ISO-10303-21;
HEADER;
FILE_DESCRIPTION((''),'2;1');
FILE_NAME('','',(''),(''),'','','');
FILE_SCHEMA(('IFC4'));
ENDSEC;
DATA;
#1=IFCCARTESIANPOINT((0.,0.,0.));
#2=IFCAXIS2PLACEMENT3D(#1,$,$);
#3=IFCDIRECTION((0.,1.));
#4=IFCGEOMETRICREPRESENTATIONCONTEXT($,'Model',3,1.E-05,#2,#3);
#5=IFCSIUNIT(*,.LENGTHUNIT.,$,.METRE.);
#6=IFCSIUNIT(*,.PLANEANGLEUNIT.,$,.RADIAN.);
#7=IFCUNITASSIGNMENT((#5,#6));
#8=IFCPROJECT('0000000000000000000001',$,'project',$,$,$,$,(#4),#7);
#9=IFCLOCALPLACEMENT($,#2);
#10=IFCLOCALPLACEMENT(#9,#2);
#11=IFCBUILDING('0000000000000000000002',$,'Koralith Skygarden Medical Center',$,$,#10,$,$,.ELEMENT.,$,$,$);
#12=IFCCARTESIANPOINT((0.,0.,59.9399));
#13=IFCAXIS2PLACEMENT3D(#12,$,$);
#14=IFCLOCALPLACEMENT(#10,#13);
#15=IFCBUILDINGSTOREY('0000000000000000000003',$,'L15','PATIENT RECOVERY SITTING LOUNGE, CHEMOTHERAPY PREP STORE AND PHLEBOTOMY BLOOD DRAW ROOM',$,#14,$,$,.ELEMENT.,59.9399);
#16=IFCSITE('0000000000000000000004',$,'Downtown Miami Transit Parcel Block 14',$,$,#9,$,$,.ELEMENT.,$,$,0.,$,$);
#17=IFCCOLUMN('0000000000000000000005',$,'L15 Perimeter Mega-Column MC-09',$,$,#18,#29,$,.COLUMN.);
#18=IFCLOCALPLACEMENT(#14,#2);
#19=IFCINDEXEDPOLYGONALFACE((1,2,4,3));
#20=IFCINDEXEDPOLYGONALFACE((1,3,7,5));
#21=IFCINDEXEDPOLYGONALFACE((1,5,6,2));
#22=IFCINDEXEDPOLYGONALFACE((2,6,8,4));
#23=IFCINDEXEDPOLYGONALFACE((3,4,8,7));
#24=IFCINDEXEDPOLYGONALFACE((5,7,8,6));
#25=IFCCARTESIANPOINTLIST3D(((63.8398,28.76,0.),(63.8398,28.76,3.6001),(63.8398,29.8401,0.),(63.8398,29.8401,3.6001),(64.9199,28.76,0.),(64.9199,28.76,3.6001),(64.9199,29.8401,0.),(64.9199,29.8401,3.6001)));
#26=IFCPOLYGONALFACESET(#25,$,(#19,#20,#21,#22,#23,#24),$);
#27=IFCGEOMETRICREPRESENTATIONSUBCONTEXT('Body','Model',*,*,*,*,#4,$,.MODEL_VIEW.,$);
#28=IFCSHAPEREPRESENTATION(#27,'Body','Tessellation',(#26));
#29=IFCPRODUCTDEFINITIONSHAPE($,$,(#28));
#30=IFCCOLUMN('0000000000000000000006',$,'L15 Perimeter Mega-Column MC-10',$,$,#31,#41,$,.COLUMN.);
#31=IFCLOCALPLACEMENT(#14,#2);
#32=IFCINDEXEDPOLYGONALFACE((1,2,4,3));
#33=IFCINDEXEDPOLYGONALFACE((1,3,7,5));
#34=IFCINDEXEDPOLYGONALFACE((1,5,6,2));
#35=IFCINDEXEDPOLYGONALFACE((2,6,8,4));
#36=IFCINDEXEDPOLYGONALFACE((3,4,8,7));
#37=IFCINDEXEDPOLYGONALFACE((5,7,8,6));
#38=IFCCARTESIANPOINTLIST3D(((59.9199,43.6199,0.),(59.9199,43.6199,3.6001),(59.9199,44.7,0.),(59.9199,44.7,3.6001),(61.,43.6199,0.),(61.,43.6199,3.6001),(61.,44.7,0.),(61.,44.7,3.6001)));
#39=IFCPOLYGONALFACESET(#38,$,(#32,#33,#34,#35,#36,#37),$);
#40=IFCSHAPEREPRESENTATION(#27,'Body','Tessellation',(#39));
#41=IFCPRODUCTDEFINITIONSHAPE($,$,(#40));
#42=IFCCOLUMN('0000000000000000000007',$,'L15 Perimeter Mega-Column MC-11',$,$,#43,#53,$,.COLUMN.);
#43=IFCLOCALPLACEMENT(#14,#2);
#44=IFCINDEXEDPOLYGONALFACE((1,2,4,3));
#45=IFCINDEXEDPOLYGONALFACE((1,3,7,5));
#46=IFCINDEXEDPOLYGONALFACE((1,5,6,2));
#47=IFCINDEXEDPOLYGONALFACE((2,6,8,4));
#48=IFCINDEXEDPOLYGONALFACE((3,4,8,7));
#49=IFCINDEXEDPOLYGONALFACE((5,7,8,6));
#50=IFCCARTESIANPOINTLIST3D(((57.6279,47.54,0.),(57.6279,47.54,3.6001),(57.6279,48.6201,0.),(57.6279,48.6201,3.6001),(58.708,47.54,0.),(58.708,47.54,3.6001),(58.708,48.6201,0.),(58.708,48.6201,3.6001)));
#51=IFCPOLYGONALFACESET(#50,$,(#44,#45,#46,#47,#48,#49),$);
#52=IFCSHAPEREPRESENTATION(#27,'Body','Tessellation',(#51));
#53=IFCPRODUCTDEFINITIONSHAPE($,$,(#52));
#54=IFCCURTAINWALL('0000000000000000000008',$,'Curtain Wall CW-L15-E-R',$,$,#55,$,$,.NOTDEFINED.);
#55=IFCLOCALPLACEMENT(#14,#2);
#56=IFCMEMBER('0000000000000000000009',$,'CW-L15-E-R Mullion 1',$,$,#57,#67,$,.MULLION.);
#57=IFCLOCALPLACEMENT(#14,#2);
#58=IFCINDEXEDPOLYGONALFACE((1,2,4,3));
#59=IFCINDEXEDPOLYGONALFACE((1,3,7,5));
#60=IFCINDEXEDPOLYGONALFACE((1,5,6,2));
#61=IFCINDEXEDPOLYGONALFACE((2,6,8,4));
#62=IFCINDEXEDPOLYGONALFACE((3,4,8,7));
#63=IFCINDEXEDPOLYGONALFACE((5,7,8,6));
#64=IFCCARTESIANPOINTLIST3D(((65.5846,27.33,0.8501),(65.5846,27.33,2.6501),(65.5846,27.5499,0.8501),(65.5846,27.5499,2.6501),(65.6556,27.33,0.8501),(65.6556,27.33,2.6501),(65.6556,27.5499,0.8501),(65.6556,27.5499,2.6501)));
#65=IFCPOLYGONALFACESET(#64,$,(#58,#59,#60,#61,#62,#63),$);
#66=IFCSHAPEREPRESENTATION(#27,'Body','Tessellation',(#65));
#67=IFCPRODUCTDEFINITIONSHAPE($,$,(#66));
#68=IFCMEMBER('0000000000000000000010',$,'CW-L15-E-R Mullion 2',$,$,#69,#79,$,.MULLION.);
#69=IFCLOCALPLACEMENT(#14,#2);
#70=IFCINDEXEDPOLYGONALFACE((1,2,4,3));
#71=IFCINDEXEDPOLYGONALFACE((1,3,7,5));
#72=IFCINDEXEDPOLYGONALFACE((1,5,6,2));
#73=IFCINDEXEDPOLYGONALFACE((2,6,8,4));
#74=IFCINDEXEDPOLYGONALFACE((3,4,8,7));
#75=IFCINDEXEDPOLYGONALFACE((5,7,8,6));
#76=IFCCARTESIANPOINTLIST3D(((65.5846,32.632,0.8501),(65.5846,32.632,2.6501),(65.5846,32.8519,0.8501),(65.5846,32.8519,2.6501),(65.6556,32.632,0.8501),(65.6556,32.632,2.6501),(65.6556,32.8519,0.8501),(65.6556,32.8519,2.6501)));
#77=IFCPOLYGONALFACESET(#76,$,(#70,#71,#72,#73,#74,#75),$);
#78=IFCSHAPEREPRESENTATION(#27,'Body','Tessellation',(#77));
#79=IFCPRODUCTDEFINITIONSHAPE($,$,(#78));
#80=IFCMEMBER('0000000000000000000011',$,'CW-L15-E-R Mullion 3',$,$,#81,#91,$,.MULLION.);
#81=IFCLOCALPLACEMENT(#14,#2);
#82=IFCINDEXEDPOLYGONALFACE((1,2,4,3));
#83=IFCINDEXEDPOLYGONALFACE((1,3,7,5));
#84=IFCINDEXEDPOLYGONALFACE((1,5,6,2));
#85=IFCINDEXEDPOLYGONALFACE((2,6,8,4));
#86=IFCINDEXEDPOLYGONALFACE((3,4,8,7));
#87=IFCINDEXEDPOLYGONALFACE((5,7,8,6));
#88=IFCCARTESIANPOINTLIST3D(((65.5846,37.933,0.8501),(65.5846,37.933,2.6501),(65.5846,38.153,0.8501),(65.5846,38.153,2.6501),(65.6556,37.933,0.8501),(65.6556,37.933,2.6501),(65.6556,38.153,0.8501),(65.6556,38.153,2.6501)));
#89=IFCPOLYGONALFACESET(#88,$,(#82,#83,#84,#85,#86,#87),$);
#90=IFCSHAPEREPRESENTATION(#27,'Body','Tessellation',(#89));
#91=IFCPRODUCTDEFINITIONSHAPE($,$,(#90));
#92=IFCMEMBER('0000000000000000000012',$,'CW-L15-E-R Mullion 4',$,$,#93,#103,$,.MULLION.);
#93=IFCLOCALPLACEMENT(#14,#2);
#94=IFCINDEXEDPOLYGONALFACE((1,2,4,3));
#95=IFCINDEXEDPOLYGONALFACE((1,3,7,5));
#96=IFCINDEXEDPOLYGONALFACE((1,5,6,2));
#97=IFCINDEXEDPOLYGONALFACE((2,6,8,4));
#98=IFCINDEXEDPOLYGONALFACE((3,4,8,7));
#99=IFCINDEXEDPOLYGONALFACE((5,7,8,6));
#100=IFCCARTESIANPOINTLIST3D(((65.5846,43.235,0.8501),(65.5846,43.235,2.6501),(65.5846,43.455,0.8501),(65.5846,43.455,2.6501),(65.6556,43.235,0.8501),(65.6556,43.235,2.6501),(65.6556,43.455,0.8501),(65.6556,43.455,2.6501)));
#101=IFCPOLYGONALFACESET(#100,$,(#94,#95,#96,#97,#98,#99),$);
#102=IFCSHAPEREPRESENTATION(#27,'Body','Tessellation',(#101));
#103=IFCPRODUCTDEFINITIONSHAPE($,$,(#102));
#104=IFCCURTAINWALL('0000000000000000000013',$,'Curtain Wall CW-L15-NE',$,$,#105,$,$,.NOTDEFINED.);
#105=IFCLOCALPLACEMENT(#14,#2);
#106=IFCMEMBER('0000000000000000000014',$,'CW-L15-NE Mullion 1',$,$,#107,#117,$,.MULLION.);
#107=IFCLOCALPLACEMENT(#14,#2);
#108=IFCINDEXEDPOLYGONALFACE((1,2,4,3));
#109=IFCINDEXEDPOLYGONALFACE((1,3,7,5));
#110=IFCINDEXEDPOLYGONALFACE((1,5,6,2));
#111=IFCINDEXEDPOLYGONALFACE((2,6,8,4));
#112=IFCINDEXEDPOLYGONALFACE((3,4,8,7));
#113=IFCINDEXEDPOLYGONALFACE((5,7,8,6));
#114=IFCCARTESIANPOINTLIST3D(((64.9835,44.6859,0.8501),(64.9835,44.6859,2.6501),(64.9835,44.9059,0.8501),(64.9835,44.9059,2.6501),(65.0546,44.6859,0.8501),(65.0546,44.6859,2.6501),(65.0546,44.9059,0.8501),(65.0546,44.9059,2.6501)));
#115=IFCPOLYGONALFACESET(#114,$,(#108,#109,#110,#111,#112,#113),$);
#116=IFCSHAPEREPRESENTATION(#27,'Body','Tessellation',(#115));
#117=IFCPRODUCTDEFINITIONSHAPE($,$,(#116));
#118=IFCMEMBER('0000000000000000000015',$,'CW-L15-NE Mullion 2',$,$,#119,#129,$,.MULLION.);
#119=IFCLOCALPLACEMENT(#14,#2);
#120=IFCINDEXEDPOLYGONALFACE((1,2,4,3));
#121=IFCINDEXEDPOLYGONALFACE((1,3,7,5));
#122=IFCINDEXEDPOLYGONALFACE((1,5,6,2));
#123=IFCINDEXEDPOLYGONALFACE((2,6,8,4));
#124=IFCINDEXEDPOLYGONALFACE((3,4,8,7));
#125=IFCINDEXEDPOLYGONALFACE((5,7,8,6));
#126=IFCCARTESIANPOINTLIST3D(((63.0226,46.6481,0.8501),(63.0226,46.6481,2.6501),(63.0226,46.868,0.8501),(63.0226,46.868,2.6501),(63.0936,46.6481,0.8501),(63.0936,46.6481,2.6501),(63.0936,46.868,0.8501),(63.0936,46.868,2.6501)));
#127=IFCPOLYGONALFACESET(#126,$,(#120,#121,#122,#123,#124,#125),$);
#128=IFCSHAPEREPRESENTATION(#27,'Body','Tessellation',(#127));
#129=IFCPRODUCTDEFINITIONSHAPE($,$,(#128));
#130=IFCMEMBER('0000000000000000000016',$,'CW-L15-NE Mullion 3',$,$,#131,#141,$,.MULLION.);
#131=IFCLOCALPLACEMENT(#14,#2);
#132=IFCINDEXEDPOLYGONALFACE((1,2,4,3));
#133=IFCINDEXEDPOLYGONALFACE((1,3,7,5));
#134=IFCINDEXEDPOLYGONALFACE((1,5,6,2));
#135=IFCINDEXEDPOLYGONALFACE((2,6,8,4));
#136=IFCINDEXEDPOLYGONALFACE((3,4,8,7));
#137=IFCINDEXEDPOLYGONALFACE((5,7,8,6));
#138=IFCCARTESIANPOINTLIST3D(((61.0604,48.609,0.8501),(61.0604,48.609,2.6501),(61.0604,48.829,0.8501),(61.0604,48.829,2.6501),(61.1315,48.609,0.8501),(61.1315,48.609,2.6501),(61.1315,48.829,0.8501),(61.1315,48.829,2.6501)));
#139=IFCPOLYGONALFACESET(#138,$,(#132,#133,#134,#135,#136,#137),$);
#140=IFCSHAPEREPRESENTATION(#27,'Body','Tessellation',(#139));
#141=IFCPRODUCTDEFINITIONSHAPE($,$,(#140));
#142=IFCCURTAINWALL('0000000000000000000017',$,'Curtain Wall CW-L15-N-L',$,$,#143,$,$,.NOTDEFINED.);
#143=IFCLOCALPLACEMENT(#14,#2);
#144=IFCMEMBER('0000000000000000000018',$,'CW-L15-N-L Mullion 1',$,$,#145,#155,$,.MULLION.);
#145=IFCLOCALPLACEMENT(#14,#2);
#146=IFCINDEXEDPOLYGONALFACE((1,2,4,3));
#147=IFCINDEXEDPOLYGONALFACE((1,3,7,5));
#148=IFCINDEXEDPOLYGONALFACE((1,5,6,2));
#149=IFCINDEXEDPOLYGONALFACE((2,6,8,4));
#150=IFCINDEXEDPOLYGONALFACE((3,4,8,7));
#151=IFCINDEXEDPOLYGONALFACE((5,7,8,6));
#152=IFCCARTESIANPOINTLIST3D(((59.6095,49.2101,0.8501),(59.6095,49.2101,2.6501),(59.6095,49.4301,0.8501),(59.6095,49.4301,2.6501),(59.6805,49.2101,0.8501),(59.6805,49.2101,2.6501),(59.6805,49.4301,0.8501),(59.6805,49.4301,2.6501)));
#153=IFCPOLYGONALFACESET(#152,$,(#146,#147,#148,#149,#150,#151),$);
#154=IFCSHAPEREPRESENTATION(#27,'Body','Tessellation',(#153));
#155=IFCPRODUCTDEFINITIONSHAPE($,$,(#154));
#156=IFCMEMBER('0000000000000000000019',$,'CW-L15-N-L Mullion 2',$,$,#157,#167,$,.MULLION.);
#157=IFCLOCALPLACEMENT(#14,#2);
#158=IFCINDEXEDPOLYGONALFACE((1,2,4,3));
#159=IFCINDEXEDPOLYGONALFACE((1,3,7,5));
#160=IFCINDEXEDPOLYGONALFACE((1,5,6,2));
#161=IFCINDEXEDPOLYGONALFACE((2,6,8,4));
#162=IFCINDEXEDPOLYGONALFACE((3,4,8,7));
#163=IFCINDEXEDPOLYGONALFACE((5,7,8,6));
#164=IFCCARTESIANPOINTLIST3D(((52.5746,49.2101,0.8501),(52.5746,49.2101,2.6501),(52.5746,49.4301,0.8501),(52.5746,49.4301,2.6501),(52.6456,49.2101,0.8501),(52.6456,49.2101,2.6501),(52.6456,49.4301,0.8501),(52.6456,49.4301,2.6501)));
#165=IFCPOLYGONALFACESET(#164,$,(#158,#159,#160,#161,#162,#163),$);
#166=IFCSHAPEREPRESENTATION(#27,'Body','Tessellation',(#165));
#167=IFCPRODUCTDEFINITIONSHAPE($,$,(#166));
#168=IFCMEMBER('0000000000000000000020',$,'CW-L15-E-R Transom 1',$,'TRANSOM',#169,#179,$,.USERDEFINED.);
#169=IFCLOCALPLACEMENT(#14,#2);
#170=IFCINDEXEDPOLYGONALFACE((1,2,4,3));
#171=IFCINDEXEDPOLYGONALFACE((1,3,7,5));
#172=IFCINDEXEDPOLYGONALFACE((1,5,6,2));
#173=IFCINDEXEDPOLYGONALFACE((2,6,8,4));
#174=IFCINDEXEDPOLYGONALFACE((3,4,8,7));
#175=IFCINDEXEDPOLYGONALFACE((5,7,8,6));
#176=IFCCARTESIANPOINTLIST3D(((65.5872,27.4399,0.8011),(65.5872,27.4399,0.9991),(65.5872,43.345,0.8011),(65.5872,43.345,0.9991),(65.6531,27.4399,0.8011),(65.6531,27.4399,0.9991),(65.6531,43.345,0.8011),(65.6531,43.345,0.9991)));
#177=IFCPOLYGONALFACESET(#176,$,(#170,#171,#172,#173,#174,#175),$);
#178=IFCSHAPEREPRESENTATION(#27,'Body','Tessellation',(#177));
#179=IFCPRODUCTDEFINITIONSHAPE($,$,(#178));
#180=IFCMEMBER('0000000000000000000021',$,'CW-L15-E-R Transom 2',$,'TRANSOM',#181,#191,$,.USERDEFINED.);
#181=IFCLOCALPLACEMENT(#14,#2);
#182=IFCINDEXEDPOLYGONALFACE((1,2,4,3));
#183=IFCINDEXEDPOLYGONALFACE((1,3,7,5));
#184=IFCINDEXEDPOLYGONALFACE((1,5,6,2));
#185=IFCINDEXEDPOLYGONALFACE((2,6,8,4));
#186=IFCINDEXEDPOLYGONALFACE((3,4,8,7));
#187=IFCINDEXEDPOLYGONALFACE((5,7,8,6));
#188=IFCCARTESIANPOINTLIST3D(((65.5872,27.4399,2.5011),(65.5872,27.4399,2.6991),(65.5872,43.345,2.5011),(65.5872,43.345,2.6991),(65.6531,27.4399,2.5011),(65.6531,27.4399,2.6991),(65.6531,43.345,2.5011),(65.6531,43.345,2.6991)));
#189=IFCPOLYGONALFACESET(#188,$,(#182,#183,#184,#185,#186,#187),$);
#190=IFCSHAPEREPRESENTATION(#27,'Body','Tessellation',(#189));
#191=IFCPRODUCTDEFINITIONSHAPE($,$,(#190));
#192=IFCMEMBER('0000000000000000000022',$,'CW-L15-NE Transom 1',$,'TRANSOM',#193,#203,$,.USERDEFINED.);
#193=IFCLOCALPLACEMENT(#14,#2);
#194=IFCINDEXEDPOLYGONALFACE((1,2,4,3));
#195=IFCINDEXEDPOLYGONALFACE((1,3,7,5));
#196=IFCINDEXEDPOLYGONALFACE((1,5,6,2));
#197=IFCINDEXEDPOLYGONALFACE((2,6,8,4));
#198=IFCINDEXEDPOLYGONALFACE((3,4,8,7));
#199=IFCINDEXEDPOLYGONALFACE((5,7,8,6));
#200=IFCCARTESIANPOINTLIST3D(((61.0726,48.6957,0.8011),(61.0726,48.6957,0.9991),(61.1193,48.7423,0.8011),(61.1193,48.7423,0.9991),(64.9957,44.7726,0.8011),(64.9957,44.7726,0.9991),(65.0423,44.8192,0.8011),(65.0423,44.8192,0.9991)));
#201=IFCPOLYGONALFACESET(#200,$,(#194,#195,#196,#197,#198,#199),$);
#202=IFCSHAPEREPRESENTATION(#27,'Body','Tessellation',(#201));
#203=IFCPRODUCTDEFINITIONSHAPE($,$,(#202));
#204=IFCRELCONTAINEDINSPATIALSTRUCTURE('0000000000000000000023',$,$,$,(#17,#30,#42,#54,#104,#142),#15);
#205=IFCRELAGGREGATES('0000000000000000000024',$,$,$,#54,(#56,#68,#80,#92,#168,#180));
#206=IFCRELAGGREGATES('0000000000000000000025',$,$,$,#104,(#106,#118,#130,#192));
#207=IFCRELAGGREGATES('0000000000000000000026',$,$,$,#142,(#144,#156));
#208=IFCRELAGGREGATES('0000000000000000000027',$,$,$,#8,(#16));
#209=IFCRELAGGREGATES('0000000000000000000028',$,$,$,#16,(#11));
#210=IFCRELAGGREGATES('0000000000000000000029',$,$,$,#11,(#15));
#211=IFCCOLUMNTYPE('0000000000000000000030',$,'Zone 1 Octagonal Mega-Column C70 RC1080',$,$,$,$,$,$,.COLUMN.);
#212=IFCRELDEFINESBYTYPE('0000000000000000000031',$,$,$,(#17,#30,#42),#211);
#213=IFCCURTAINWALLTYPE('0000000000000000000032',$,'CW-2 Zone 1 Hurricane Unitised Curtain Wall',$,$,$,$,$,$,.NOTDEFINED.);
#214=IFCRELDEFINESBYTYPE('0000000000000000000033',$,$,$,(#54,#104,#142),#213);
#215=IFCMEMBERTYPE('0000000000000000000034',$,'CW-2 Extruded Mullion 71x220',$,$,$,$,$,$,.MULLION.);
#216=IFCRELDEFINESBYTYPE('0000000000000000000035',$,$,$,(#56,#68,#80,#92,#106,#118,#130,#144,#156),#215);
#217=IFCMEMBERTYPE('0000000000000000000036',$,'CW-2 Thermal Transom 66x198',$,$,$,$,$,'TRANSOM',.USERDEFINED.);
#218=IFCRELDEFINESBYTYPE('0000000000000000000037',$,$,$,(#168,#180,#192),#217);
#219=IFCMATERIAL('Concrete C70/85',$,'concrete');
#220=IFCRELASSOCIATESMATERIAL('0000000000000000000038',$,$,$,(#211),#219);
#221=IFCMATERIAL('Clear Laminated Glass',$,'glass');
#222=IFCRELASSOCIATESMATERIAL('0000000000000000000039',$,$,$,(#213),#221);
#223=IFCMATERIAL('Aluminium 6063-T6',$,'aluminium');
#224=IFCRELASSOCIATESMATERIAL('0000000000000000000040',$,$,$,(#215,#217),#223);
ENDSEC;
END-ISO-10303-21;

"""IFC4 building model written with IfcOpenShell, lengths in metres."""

from ifc_helpers import new_model, si_unit, direction, frame, origin, origin_2d, place, context, subcontext, project, spatial, rectangle, extrude, material, material_profile, profile_set, type_object, element, aggregate, save


model = new_model("IFC4")

# Units and contexts
model_context = context("Model", 3, precision=1e-05, world=origin(), true_north=direction((0.0, 1.0)))
body_context = subcontext(model_context, "Body", "Model", "MODEL_VIEW")
ifc_project = project(units=[si_unit("LENGTHUNIT", "METRE"), si_unit("PLANEANGLEUNIT", "RADIAN")], contexts=[model_context])

# Site, building, storey
site_placement = place(None, origin())
site = spatial("IfcSite", under=ifc_project, at=site_placement, Name="Downtown Miami Transit Parcel Block 14", CompositionType="ELEMENT", RefElevation=0.0)
building_placement = place(site_placement, origin())
building = spatial("IfcBuilding", under=site, at=building_placement, Name="Koralith Skygarden Medical Center", CompositionType="ELEMENT")
storey_placement = place(building_placement, frame((0.0, 0.0, 59.9399)))
storey = spatial("IfcBuildingStorey", under=building, at=storey_placement, Name="L15", Description="PATIENT RECOVERY SITTING LOUNGE, CHEMOTHERAPY PREP STORE AND PHLEBOTOMY BLOOD DRAW ROOM", CompositionType="ELEMENT", Elevation=59.9399)

# Columns
ifc_material_1 = material(Name="Concrete C70/85", Category="concrete")
ifc_material_profile_1 = material_profile(ifc_material_1, rectangle(XDim=1.0801, YDim=1.0801, at=origin_2d()), Name="RC1080X1080")
ifc_profile_set_1 = profile_set([ifc_material_profile_1], Name="Concrete C70/85")
column_type = type_object("IfcColumnType", Name="Zone 1 Octagonal Mega-Column C70 RC1080", PredefinedType="COLUMN", material=ifc_profile_set_1)
for number, where, z_axis, x_axis, name in (
    (1, (64.3799, 29.3, 0.0), (0.0, 0.0, 1.0), (1.0, 0.0, 0.0), "L15 Perimeter Mega-Column MC-09"),
    (2, (60.46, 44.1599, 0.0), (0.0, 0.0, 1.0), (1.0, 0.0, 0.0), "L15 Perimeter Mega-Column MC-10"),
    (3, (58.168, 48.0801, 0.0), (0.0, 0.0, 1.0), (1.0, 0.0, 0.0), "L15 Perimeter Mega-Column MC-11"),
):
    element("IfcColumn", number, at=place(storey_placement, frame(where, z_axis=z_axis, x_axis=x_axis)), inside=storey, type_object=column_type, Name=name, PredefinedType="COLUMN", context=body_context, shape_type="SweptSolid", body=[
        extrude(rectangle(XDim=1.0801, YDim=1.0801, at=origin_2d()), origin(), (0.0, 0.0, 1.0), 3.6001),
    ])

# Curtain walls, members
ifc_material_2 = material(Name="Clear Laminated Glass", Category="glass")
curtain_wall_type = type_object("IfcCurtainWallType", Name="CW-2 Zone 1 Hurricane Unitised Curtain Wall", PredefinedType="NOTDEFINED", material=ifc_material_2)
curtain_wall_1_placement = place(storey_placement, origin())
curtain_wall_1 = element("IfcCurtainWall", 4, at=curtain_wall_1_placement, inside=storey, type_object=curtain_wall_type, Name="Curtain Wall CW-L15-E-R", PredefinedType="NOTDEFINED")
ifc_material_3 = material(Name="Aluminium 6063-T6", Category="aluminium")
ifc_material_profile_2 = material_profile(ifc_material_3, rectangle(XDim=0.071, YDim=0.22, at=origin_2d()), Name="MUL71X220")
ifc_profile_set_2 = profile_set([ifc_material_profile_2], Name="Aluminium 6063-T6")
member_type_1 = type_object("IfcMemberType", Name="CW-2 Extruded Mullion 71x220", PredefinedType="MULLION", material=ifc_profile_set_2)
member_1_placement = place(storey_placement, frame((65.6201, 27.4399, 0.8501), z_axis=(0.0, 0.0, 1.0), x_axis=(1.0, 0.0, 0.0)))
member_1 = element("IfcMember", 5, at=member_1_placement, type_object=member_type_1, Name="CW-L15-E-R Mullion 1", PredefinedType="MULLION", context=body_context, shape_type="SweptSolid", body=[
    extrude(rectangle(XDim=0.071, YDim=0.22, at=origin_2d()), origin(), (0.0, 0.0, 1.0), 1.8),
])
member_2_placement = place(storey_placement, frame((65.6201, 32.7419, 0.8501), z_axis=(0.0, 0.0, 1.0), x_axis=(1.0, 0.0, 0.0)))
member_2 = element("IfcMember", 6, at=member_2_placement, type_object=member_type_1, Name="CW-L15-E-R Mullion 2", PredefinedType="MULLION", context=body_context, shape_type="SweptSolid", body=[
    extrude(rectangle(XDim=0.071, YDim=0.22, at=origin_2d()), origin(), (0.0, 0.0, 1.0), 1.8),
])
member_3_placement = place(storey_placement, frame((65.6201, 38.043, 0.8501), z_axis=(0.0, 0.0, 1.0), x_axis=(1.0, 0.0, 0.0)))
member_3 = element("IfcMember", 7, at=member_3_placement, type_object=member_type_1, Name="CW-L15-E-R Mullion 3", PredefinedType="MULLION", context=body_context, shape_type="SweptSolid", body=[
    extrude(rectangle(XDim=0.071, YDim=0.22, at=origin_2d()), origin(), (0.0, 0.0, 1.0), 1.8),
])
member_4_placement = place(storey_placement, frame((65.6201, 43.345, 0.8501), z_axis=(0.0, 0.0, 1.0), x_axis=(1.0, 0.0, 0.0)))
member_4 = element("IfcMember", 8, at=member_4_placement, type_object=member_type_1, Name="CW-L15-E-R Mullion 4", PredefinedType="MULLION", context=body_context, shape_type="SweptSolid", body=[
    extrude(rectangle(XDim=0.071, YDim=0.22, at=origin_2d()), origin(), (0.0, 0.0, 1.0), 1.8),
])
curtain_wall_2_placement = place(storey_placement, origin())
curtain_wall_2 = element("IfcCurtainWall", 9, at=curtain_wall_2_placement, inside=storey, type_object=curtain_wall_type, Name="Curtain Wall CW-L15-NE", PredefinedType="NOTDEFINED")
member_5_placement = place(storey_placement, frame((65.019, 44.7959, 0.8501), z_axis=(0.0, 0.0, 1.0), x_axis=(1.0, 0.0, 0.0)))
member_5 = element("IfcMember", 10, at=member_5_placement, type_object=member_type_1, Name="CW-L15-NE Mullion 1", PredefinedType="MULLION", context=body_context, shape_type="SweptSolid", body=[
    extrude(rectangle(XDim=0.071, YDim=0.22, at=origin_2d()), origin(), (0.0, 0.0, 1.0), 1.8),
])
member_6_placement = place(storey_placement, frame((63.0581, 46.7581, 0.8501), z_axis=(0.0, 0.0, 1.0), x_axis=(1.0, 0.0, 0.0)))
member_6 = element("IfcMember", 11, at=member_6_placement, type_object=member_type_1, Name="CW-L15-NE Mullion 2", PredefinedType="MULLION", context=body_context, shape_type="SweptSolid", body=[
    extrude(rectangle(XDim=0.071, YDim=0.22, at=origin_2d()), origin(), (0.0, 0.0, 1.0), 1.8),
])
member_7_placement = place(storey_placement, frame((61.0959, 48.719, 0.8501), z_axis=(0.0, 0.0, 1.0), x_axis=(1.0, 0.0, 0.0)))
member_7 = element("IfcMember", 12, at=member_7_placement, type_object=member_type_1, Name="CW-L15-NE Mullion 3", PredefinedType="MULLION", context=body_context, shape_type="SweptSolid", body=[
    extrude(rectangle(XDim=0.071, YDim=0.22, at=origin_2d()), origin(), (0.0, 0.0, 1.0), 1.8),
])
curtain_wall_3_placement = place(storey_placement, origin())
curtain_wall_3 = element("IfcCurtainWall", 13, at=curtain_wall_3_placement, inside=storey, type_object=curtain_wall_type, Name="Curtain Wall CW-L15-N-L", PredefinedType="NOTDEFINED")
member_8_placement = place(storey_placement, frame((59.645, 49.3201, 0.8501), z_axis=(0.0, 0.0, 1.0), x_axis=(1.0, 0.0, 0.0)))
member_8 = element("IfcMember", 14, at=member_8_placement, type_object=member_type_1, Name="CW-L15-N-L Mullion 1", PredefinedType="MULLION", context=body_context, shape_type="SweptSolid", body=[
    extrude(rectangle(XDim=0.071, YDim=0.22, at=origin_2d()), origin(), (0.0, 0.0, 1.0), 1.8),
])
member_9_placement = place(storey_placement, frame((52.6101, 49.3201, 0.8501), z_axis=(0.0, 0.0, 1.0), x_axis=(1.0, 0.0, 0.0)))
member_9 = element("IfcMember", 15, at=member_9_placement, type_object=member_type_1, Name="CW-L15-N-L Mullion 2", PredefinedType="MULLION", context=body_context, shape_type="SweptSolid", body=[
    extrude(rectangle(XDim=0.071, YDim=0.22, at=origin_2d()), origin(), (0.0, 0.0, 1.0), 1.8),
])

# Members
ifc_material_profile_3 = material_profile(ifc_material_3, rectangle(XDim=0.0659, YDim=0.198, at=origin_2d()), Name="TRN66X198")
ifc_profile_set_3 = profile_set([ifc_material_profile_3], Name="Aluminium 6063-T6")
member_type_2 = type_object("IfcMemberType", Name="CW-2 Thermal Transom 66x198", ElementType="TRANSOM", PredefinedType="USERDEFINED", material=ifc_profile_set_3)
member_10_placement = place(storey_placement, frame((65.6201, 27.4399, 0.9001), z_axis=(0.0, 1.0, 0.0), x_axis=(-1.0, 0.0, 0.0)))
member_10 = element("IfcMember", 16, at=member_10_placement, type_object=member_type_2, Name="CW-L15-E-R Transom 1", ObjectType="TRANSOM", PredefinedType="USERDEFINED", context=body_context, shape_type="SweptSolid", body=[
    extrude(rectangle(XDim=0.0659, YDim=0.198, at=origin_2d()), origin(), (0.0, 0.0, 1.0), 15.905),
])
member_11_placement = place(storey_placement, frame((65.6201, 27.4399, 2.6001), z_axis=(0.0, 1.0, 0.0), x_axis=(-1.0, 0.0, 0.0)))
member_11 = element("IfcMember", 17, at=member_11_placement, type_object=member_type_2, Name="CW-L15-E-R Transom 2", ObjectType="TRANSOM", PredefinedType="USERDEFINED", context=body_context, shape_type="SweptSolid", body=[
    extrude(rectangle(XDim=0.0659, YDim=0.198, at=origin_2d()), origin(), (0.0, 0.0, 1.0), 15.905),
])
member_12_placement = place(storey_placement, frame((65.019, 44.7959, 0.9001), z_axis=(-0.707107, 0.707107, 0.0), x_axis=(-0.707107, -0.707107, 0.0)))
member_12 = element("IfcMember", 18, at=member_12_placement, type_object=member_type_2, Name="CW-L15-NE Transom 1", ObjectType="TRANSOM", PredefinedType="USERDEFINED", context=body_context, shape_type="SweptSolid", body=[
    extrude(rectangle(XDim=0.0659, YDim=0.198, at=origin_2d()), origin(), (0.0, 0.0, 1.0), 5.5481),
])

aggregate(curtain_wall_1, [member_1, member_2, member_3, member_4, member_10, member_11])
aggregate(curtain_wall_2, [member_5, member_6, member_7, member_12])
aggregate(curtain_wall_3, [member_8, member_9])

save(model, "model.ifc")
